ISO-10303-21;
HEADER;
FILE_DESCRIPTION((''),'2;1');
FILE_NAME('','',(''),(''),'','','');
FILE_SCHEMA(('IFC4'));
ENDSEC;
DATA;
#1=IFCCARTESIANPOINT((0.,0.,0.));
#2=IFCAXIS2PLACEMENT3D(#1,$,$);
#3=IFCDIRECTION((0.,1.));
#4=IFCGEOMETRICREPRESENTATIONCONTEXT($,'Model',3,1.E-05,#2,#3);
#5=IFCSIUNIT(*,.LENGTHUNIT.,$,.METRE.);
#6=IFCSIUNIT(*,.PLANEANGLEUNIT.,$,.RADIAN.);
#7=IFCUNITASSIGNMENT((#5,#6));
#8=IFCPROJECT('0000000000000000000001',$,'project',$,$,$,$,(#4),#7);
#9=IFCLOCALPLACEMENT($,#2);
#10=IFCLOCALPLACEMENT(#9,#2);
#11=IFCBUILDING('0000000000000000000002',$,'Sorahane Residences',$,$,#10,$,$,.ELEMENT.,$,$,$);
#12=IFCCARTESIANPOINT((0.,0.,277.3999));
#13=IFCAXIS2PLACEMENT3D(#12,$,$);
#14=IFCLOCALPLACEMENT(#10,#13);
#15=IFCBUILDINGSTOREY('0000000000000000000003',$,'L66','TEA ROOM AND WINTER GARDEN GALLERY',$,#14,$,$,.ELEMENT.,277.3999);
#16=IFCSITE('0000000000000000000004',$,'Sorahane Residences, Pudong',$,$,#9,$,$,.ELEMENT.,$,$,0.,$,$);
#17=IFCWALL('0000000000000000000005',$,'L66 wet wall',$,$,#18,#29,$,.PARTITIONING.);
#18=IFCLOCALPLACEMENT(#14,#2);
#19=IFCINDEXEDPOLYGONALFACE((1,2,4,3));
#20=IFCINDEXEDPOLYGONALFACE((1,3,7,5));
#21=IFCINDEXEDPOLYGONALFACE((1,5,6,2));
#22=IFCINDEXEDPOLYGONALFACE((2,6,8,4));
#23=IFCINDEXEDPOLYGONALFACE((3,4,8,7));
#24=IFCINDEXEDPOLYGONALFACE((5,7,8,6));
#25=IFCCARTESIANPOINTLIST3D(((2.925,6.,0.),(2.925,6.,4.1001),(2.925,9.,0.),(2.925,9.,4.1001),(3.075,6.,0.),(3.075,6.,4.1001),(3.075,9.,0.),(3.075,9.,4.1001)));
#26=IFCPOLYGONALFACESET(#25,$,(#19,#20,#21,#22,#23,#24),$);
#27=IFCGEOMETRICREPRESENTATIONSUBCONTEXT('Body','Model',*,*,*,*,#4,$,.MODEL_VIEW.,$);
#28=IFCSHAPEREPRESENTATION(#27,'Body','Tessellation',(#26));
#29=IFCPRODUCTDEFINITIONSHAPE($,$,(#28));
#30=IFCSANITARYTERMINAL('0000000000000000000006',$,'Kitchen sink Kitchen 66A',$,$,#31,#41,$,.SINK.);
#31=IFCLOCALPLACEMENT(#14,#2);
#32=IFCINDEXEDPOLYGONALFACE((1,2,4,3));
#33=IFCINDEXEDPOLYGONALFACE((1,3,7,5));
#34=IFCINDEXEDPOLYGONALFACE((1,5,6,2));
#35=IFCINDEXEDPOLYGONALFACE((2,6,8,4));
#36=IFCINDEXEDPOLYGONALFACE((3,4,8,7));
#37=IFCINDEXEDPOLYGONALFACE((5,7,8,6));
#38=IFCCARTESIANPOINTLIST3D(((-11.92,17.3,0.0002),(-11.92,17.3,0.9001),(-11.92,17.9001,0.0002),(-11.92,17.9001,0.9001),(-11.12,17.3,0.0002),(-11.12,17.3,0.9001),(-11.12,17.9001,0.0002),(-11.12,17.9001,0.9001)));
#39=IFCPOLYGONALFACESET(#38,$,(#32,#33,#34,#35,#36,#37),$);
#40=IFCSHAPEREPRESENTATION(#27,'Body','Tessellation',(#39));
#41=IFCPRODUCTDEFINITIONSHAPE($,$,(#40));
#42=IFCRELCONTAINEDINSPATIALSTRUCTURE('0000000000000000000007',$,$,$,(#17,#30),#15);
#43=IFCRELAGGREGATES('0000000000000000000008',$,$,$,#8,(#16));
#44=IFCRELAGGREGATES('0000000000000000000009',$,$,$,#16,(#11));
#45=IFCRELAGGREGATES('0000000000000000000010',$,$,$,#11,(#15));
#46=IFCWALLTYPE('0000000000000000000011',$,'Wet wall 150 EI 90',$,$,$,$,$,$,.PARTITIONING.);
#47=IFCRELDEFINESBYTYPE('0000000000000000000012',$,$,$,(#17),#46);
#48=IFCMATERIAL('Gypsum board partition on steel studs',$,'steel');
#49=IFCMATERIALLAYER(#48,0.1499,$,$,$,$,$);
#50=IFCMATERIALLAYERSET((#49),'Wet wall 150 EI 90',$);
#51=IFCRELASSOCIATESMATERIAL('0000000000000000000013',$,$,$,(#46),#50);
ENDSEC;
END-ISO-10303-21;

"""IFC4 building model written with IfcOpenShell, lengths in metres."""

from ifc_helpers import new_model, si_unit, direction, frame, frame_2d, origin, origin_2d, place, context, subcontext, project, spatial, rectangle, extrude, material, layer, layer_set, type_object, element, save


model = new_model("IFC4")

# Units and contexts
model_context = context("Model", 3, precision=1e-05, world=origin(), true_north=direction((0.0, 1.0)))
body_context = subcontext(model_context, "Body", "Model", "MODEL_VIEW")
ifc_project = project(units=[si_unit("LENGTHUNIT", "METRE"), si_unit("PLANEANGLEUNIT", "RADIAN")], contexts=[model_context])

# Site, building, storey
site_placement = place(None, origin())
site = spatial("IfcSite", under=ifc_project, at=site_placement, Name="Sorahane Residences, Pudong", CompositionType="ELEMENT", RefElevation=0.0)
building_placement = place(site_placement, origin())
building = spatial("IfcBuilding", under=site, at=building_placement, Name="Sorahane Residences", CompositionType="ELEMENT")
storey_placement = place(building_placement, frame((0.0, 0.0, 277.3999)))
storey = spatial("IfcBuildingStorey", under=building, at=storey_placement, Name="L66", Description="TEA ROOM AND WINTER GARDEN GALLERY", CompositionType="ELEMENT", Elevation=277.3999)

# Wall
ifc_material_1 = material(Name="Gypsum board partition on steel studs", Category="steel")
ifc_layer_1 = layer(ifc_material_1, 0.1499)
ifc_layer_set_1 = layer_set([ifc_layer_1], Name="Wet wall 150 EI 90")
wall_type_1 = type_object("IfcWallType", Name="Wet wall 150 EI 90", PredefinedType="PARTITIONING", material=ifc_layer_set_1)
wall_1_placement = place(storey_placement, frame((3.0, 6.0, 0.0), z_axis=(0.0, 0.0, 1.0), x_axis=(0.0, 1.0, 0.0)))
element("IfcWall", 1, at=wall_1_placement, inside=storey, type_object=wall_type_1, Name="L66 wet wall", PredefinedType="PARTITIONING", context=body_context, shape_type="SweptSolid", body=[
    extrude(rectangle(XDim=3.0, YDim=0.1499, at=frame_2d((1.5, 0.0))), origin(), (0.0, 0.0, 1.0), 4.1001),
])

# Sanitary terminal
sanitary_terminal_placement = place(storey_placement, frame((-11.52, 17.6001, 0.0002), z_axis=(0.0, 0.0, 1.0), x_axis=(1.0, 0.0, 0.0)))
element("IfcSanitaryTerminal", 2, at=sanitary_terminal_placement, inside=storey, Name="Kitchen sink Kitchen 66A", PredefinedType="SINK", context=body_context, shape_type="SweptSolid", body=[
    extrude(rectangle(XDim=0.8, YDim=0.6001, at=origin_2d()), origin(), (0.0, 0.0, 1.0), 0.8999),
])

save(model, "model.ifc")
